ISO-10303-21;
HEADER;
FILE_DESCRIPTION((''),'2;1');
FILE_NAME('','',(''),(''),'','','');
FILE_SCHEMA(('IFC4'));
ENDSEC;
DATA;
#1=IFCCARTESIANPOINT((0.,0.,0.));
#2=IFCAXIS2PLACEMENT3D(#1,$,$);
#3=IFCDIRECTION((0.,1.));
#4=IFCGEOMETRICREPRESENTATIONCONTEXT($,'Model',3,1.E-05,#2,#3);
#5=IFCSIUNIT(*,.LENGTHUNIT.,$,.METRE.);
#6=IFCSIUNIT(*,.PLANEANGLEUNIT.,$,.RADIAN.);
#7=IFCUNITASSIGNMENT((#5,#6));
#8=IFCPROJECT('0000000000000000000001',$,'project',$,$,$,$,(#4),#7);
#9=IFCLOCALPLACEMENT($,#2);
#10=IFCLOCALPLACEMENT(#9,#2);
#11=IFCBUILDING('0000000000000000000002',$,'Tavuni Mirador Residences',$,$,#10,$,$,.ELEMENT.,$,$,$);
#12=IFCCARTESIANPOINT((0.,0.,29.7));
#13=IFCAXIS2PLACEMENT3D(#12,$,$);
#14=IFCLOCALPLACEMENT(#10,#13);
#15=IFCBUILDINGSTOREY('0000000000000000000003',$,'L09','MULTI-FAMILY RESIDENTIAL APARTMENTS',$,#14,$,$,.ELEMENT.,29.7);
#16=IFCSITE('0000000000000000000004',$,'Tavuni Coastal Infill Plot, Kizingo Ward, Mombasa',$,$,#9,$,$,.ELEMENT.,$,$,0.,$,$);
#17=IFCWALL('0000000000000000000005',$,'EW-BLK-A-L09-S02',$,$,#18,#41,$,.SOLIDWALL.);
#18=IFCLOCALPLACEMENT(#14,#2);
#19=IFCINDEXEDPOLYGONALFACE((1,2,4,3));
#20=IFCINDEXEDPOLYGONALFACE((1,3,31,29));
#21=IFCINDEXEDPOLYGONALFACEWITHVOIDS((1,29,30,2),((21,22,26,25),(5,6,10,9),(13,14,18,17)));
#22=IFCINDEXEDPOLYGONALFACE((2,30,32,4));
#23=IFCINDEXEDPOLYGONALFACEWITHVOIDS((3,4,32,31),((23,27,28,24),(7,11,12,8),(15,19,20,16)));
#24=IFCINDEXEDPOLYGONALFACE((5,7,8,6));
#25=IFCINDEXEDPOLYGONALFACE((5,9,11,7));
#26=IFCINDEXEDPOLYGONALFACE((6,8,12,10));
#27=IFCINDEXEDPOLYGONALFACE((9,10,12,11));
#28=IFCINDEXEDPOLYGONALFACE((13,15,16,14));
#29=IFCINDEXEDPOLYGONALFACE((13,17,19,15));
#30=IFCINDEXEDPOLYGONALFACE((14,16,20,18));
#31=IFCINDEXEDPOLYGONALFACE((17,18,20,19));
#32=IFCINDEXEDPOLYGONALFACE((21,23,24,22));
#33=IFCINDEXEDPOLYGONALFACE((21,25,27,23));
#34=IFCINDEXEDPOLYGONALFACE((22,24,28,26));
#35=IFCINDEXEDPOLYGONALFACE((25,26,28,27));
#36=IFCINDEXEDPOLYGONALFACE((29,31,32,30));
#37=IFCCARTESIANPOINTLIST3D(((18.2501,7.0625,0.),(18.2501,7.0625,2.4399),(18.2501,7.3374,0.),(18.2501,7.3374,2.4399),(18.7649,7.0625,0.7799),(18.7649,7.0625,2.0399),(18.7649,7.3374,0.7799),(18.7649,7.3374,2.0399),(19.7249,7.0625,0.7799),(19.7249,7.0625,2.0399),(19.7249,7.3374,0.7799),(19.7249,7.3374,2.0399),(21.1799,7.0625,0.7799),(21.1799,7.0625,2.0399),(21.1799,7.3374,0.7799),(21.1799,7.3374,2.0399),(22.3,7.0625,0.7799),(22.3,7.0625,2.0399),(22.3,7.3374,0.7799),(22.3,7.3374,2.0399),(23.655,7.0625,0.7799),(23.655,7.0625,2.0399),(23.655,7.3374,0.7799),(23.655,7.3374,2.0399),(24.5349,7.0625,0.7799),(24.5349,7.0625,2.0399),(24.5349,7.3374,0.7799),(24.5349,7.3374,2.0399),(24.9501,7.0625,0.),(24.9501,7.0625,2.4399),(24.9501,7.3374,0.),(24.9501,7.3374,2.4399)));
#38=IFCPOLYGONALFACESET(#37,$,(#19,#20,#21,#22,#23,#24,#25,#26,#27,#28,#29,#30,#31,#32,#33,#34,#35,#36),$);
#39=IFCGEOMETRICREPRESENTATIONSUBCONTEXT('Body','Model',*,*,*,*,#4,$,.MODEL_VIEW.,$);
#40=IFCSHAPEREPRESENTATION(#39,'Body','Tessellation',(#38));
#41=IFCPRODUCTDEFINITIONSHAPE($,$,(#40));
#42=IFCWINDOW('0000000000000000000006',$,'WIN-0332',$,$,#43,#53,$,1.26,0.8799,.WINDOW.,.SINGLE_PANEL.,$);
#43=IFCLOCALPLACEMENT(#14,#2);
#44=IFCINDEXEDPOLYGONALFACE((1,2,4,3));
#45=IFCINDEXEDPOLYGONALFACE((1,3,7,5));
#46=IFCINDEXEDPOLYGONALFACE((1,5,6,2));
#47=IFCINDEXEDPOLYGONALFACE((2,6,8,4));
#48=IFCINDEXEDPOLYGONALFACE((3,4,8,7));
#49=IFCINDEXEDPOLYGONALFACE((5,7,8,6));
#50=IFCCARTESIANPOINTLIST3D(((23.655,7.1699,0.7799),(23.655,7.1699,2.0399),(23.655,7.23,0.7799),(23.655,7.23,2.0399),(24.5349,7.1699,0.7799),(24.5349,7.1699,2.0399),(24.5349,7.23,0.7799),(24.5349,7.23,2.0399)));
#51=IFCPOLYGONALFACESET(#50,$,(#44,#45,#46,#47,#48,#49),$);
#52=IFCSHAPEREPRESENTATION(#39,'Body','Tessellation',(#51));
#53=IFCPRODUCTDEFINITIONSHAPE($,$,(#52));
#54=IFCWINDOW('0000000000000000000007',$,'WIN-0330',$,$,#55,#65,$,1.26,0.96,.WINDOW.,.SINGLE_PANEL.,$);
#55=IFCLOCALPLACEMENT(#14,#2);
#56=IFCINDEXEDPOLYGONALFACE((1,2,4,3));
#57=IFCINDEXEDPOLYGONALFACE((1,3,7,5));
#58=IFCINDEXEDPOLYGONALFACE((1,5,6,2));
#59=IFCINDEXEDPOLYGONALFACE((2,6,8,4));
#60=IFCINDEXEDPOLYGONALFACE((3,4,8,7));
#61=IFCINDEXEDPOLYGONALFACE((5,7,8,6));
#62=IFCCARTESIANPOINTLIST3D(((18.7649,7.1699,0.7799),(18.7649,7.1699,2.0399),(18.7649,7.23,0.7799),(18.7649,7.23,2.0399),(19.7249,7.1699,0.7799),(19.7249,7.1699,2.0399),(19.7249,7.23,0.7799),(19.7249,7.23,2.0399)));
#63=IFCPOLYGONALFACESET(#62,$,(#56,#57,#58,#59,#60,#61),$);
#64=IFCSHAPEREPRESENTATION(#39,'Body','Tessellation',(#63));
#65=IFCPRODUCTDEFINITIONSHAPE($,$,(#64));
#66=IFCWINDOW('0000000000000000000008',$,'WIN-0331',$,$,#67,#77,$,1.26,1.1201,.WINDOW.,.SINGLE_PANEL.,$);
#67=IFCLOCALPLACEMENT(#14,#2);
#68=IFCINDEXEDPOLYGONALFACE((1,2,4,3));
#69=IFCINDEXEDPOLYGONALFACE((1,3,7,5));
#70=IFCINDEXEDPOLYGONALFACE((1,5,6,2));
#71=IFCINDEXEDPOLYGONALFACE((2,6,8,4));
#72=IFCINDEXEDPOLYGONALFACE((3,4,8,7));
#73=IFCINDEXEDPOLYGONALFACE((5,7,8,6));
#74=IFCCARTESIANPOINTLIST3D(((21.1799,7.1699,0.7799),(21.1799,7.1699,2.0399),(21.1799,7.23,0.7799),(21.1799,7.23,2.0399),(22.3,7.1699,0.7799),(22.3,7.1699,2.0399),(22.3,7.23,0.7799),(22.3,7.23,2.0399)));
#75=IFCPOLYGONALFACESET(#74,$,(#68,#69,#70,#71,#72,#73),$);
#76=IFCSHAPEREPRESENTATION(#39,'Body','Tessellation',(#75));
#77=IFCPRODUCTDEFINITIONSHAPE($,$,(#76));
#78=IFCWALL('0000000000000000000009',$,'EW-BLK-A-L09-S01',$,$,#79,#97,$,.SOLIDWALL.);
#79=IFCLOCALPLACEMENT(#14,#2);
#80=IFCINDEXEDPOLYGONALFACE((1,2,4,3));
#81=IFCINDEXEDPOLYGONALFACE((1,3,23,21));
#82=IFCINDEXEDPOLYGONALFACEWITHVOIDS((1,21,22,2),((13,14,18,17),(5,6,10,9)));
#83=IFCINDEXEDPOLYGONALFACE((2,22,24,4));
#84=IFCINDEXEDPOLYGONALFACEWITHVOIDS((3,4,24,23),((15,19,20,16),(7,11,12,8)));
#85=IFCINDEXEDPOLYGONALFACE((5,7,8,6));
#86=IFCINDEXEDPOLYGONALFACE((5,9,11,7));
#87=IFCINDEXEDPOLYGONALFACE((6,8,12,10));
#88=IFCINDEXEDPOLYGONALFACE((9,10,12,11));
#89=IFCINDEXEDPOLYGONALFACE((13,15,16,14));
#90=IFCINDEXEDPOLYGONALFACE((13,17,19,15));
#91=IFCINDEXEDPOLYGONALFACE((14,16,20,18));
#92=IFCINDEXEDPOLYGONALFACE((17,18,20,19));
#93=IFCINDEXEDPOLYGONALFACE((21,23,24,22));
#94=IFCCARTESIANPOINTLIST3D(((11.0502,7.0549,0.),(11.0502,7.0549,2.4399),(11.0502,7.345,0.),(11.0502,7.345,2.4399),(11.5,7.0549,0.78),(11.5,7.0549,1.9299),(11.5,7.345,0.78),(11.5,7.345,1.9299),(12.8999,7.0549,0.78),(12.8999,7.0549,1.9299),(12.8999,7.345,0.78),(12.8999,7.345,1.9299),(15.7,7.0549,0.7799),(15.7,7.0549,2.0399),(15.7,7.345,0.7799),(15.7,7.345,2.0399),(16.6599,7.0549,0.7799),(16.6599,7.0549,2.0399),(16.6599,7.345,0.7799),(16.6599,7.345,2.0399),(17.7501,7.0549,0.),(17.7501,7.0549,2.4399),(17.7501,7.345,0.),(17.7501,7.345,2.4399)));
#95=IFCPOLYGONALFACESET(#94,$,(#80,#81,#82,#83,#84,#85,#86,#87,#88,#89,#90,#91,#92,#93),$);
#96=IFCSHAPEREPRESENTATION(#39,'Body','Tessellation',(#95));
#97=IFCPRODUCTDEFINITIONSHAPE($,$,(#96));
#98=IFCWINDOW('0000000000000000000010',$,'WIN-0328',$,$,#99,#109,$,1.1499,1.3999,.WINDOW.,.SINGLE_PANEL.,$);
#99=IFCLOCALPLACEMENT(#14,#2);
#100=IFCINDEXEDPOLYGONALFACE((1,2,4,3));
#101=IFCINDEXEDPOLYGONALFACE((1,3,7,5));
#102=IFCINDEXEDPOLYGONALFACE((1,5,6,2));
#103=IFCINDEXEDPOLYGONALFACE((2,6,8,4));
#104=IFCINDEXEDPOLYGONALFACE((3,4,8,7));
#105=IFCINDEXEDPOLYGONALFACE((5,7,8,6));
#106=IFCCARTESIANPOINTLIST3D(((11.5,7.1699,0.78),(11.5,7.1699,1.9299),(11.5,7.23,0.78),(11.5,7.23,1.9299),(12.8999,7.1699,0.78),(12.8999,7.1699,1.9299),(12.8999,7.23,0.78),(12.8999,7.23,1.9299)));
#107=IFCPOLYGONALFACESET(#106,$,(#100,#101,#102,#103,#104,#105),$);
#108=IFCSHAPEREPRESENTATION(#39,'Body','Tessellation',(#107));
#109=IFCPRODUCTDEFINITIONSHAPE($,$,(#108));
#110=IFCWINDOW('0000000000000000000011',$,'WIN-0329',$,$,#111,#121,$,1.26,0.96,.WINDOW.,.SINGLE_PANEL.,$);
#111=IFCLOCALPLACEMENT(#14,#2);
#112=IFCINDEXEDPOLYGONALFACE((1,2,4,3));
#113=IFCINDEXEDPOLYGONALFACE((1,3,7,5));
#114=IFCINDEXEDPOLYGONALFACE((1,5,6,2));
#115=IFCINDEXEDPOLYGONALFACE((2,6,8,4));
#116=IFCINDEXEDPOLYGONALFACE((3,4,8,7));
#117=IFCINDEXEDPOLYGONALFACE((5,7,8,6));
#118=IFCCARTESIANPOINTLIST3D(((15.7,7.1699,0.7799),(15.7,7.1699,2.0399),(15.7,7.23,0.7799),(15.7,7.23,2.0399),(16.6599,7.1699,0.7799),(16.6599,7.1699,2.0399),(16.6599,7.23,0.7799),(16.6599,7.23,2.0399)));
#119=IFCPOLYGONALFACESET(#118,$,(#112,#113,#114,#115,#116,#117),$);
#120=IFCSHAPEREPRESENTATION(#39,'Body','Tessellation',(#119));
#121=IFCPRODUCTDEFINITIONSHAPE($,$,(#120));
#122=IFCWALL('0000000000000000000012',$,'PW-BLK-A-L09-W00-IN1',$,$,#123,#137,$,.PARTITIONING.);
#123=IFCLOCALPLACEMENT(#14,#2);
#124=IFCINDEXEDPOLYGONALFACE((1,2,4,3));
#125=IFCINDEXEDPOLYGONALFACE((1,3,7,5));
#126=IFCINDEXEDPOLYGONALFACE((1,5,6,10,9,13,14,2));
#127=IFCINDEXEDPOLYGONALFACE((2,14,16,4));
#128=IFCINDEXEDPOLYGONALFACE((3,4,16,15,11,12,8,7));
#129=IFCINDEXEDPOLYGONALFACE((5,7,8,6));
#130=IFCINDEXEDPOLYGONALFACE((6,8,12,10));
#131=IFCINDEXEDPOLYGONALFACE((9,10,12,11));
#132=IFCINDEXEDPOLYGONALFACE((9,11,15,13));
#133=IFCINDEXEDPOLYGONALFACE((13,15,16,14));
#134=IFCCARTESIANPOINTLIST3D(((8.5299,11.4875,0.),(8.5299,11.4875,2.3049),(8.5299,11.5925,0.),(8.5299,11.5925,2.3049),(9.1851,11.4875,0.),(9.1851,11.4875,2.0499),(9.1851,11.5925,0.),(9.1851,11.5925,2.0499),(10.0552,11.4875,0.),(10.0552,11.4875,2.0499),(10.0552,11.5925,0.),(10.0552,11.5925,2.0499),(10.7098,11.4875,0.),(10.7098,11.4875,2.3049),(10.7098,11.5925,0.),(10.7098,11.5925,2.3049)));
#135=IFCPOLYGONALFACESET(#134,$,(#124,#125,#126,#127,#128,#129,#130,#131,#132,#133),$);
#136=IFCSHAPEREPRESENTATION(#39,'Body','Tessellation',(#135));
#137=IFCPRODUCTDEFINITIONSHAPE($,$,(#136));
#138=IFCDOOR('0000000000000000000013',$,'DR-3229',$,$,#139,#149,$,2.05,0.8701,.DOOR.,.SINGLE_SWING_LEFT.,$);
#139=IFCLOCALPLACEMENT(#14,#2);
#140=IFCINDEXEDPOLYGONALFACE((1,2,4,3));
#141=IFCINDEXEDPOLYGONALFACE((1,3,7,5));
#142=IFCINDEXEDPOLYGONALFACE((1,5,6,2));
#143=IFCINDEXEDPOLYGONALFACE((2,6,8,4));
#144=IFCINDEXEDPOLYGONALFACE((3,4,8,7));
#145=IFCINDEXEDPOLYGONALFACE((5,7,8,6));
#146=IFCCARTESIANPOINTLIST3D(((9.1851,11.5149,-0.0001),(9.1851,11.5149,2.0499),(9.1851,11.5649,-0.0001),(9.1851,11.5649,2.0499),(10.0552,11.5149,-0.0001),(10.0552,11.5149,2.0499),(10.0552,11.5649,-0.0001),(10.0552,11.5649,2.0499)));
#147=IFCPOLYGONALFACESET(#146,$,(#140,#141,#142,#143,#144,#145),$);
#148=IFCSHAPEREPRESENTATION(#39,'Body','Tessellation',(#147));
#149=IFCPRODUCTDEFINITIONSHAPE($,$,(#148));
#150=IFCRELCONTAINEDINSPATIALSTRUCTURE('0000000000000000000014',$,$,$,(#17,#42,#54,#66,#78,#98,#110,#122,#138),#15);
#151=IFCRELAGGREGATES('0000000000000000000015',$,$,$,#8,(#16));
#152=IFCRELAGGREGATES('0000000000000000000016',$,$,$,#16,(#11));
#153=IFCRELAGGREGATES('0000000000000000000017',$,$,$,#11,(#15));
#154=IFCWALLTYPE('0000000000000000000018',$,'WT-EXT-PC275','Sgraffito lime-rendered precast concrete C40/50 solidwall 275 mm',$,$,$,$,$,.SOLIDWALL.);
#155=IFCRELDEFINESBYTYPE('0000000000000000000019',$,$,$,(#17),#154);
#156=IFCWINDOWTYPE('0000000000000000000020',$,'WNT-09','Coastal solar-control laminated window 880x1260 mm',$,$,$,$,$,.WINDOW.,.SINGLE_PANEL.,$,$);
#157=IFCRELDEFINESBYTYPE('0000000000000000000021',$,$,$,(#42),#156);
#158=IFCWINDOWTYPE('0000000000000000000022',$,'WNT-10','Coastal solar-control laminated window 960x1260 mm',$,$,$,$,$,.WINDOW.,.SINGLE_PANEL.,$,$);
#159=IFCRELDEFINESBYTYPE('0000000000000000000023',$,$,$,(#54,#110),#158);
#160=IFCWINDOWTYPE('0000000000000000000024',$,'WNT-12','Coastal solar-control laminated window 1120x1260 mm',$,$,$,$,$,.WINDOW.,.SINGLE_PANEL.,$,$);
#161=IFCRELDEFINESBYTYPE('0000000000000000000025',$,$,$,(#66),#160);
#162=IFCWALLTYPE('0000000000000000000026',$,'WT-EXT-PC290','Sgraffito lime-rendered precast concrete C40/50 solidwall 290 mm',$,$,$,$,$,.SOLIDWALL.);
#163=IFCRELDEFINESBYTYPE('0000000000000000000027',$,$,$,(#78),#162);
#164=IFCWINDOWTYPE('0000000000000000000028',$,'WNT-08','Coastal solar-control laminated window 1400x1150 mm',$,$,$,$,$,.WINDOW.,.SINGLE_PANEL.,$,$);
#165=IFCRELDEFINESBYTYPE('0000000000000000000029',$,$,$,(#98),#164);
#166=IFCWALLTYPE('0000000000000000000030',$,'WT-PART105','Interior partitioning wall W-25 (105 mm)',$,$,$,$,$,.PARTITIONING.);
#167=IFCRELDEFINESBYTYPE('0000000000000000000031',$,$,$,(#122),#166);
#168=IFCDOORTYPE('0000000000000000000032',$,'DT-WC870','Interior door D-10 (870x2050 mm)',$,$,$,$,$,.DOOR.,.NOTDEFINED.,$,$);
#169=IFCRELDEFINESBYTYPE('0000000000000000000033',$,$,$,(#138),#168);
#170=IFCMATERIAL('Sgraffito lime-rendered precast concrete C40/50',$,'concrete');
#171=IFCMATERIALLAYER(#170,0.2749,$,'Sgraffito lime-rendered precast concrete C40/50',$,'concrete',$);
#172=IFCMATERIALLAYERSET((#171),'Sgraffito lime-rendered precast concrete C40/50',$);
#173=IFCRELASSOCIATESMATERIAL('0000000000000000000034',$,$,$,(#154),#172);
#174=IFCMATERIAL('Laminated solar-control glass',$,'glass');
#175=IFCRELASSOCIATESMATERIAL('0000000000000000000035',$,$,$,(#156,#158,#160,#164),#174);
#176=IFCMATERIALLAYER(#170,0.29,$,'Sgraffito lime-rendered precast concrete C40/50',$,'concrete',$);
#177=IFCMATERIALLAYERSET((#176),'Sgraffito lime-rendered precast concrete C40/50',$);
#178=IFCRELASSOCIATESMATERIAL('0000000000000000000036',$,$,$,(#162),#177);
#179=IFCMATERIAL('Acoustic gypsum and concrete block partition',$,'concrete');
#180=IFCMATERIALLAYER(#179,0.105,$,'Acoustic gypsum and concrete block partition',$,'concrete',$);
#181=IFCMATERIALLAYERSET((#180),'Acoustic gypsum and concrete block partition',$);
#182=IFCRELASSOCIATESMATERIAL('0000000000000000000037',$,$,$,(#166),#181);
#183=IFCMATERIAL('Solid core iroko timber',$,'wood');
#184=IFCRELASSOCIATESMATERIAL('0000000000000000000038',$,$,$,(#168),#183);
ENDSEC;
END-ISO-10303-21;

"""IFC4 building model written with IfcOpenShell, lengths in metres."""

from ifc_helpers import new_model, si_unit, direction, frame, frame_2d, origin, place, context, subcontext, project, spatial, rectangle, extrude, material, layer, layer_set, type_object, element, fill, save


model = new_model("IFC4")

# Units and contexts
model_context = context("Model", 3, precision=1e-05, world=origin(), true_north=direction((0.0, 1.0)))
body_context = subcontext(model_context, "Body", "Model", "MODEL_VIEW")
ifc_project = project(units=[si_unit("LENGTHUNIT", "METRE"), si_unit("PLANEANGLEUNIT", "RADIAN")], contexts=[model_context])

# Site, building, storey
site_placement = place(None, origin())
site = spatial("IfcSite", under=ifc_project, at=site_placement, Name="Tavuni Coastal Infill Plot, Kizingo Ward, Mombasa", CompositionType="ELEMENT", RefElevation=0.0)
building_placement = place(site_placement, origin())
building = spatial("IfcBuilding", under=site, at=building_placement, Name="Tavuni Mirador Residences", CompositionType="ELEMENT")
storey_placement = place(building_placement, frame((0.0, 0.0, 29.7)))
storey = spatial("IfcBuildingStorey", under=building, at=storey_placement, Name="L09", Description="MULTI-FAMILY RESIDENTIAL APARTMENTS", CompositionType="ELEMENT", Elevation=29.7)

# Shared definitions
ifc_material_1 = material(Name="Solid core iroko timber", Category="wood")

# Walls, openings, windows
ifc_material_2 = material(Name="Sgraffito lime-rendered precast concrete C40/50", Category="concrete")
ifc_layer_1 = layer(ifc_material_2, 0.2749, Name="Sgraffito lime-rendered precast concrete C40/50", Category="concrete")
ifc_layer_set_1 = layer_set([ifc_layer_1], Name="Sgraffito lime-rendered precast concrete C40/50")
wall_type_1 = type_object("IfcWallType", Name="WT-EXT-PC275", Description="Sgraffito lime-rendered precast concrete C40/50 solidwall 275 mm", PredefinedType="SOLIDWALL", material=ifc_layer_set_1)
wall_1_placement = place(storey_placement, frame((18.25, 7.2, 0.0), z_axis=(0.0, 0.0, 1.0), x_axis=(1.0, 0.0, 0.0)))
wall_1 = element("IfcWall", 1, at=wall_1_placement, inside=storey, type_object=wall_type_1, Name="EW-BLK-A-L09-S02", PredefinedType="SOLIDWALL", context=body_context, shape_type="SweptSolid", body=[
    extrude(rectangle(XDim=6.7, YDim=0.2749, at=frame_2d((3.3501, 0.0))), origin(), (0.0, 0.0, 1.0), 2.4399),
])
opening_1_placement = place(wall_1_placement, frame((0.5149, 0.0, 0.78)))
opening_1 = element("IfcOpeningElement", 2, at=opening_1_placement, cuts=wall_1, PredefinedType="OPENING", context=body_context, shape_type="SweptSolid", body=[
    extrude(rectangle(XDim=0.96, YDim=1.26, at=frame_2d((0.48, 0.6299))), frame((0.0, 0.1475, 0.0), z_axis=(0.0, -1.0, 0.0), x_axis=(1.0, 0.0, 0.0)), (0.0, 0.0, 1.0), 0.2949),
])
opening_2_placement = place(wall_1_placement, frame((2.9299, 0.0, 0.78)))
opening_2 = element("IfcOpeningElement", 3, at=opening_2_placement, cuts=wall_1, PredefinedType="OPENING", context=body_context, shape_type="SweptSolid", body=[
    extrude(rectangle(XDim=1.1201, YDim=1.26, at=frame_2d((0.5601, 0.6299))), frame((0.0, 0.1475, 0.0), z_axis=(0.0, -1.0, 0.0), x_axis=(1.0, 0.0, 0.0)), (0.0, 0.0, 1.0), 0.2949),
])
opening_3_placement = place(wall_1_placement, frame((5.405, 0.0, 0.78)))
opening_3 = element("IfcOpeningElement", 4, at=opening_3_placement, cuts=wall_1, PredefinedType="OPENING", context=body_context, shape_type="SweptSolid", body=[
    extrude(rectangle(XDim=0.8799, YDim=1.26, at=frame_2d((0.4399, 0.6299))), frame((0.0, 0.1475, 0.0), z_axis=(0.0, -1.0, 0.0), x_axis=(1.0, 0.0, 0.0)), (0.0, 0.0, 1.0), 0.2949),
])
ifc_material_3 = material(Name="Laminated solar-control glass", Category="glass")
window_type_1 = type_object("IfcWindowType", Name="WNT-09", Description="Coastal solar-control laminated window 880x1260 mm", PartitioningType="SINGLE_PANEL", PredefinedType="WINDOW", material=ifc_material_3)
window_1_placement = place(opening_3_placement, origin())
window_1 = element("IfcWindow", 5, at=window_1_placement, inside=storey, type_object=window_type_1, Name="WIN-0332", OverallHeight=1.26, OverallWidth=0.8799, PartitioningType="SINGLE_PANEL", PredefinedType="WINDOW", context=body_context, shape_type="SweptSolid", body=[
    extrude(rectangle(XDim=0.8799, YDim=1.26, at=frame_2d((0.4399, 0.6299))), frame((0.0, 0.03, 0.0), z_axis=(0.0, -1.0, 0.0), x_axis=(1.0, 0.0, 0.0)), (0.0, 0.0, 1.0), 0.0601),
])
fill(opening_3, window_1)
window_type_2 = type_object("IfcWindowType", Name="WNT-10", Description="Coastal solar-control laminated window 960x1260 mm", PartitioningType="SINGLE_PANEL", PredefinedType="WINDOW", material=ifc_material_3)
window_2_placement = place(opening_1_placement, origin())
window_2 = element("IfcWindow", 6, at=window_2_placement, inside=storey, type_object=window_type_2, Name="WIN-0330", OverallHeight=1.26, OverallWidth=0.96, PartitioningType="SINGLE_PANEL", PredefinedType="WINDOW", context=body_context, shape_type="SweptSolid", body=[
    extrude(rectangle(XDim=0.96, YDim=1.26, at=frame_2d((0.48, 0.6299))), frame((0.0, 0.03, 0.0), z_axis=(0.0, -1.0, 0.0), x_axis=(1.0, 0.0, 0.0)), (0.0, 0.0, 1.0), 0.0601),
])
fill(opening_1, window_2)
window_type_3 = type_object("IfcWindowType", Name="WNT-12", Description="Coastal solar-control laminated window 1120x1260 mm", PartitioningType="SINGLE_PANEL", PredefinedType="WINDOW", material=ifc_material_3)
window_3_placement = place(opening_2_placement, origin())
window_3 = element("IfcWindow", 7, at=window_3_placement, inside=storey, type_object=window_type_3, Name="WIN-0331", OverallHeight=1.26, OverallWidth=1.1201, PartitioningType="SINGLE_PANEL", PredefinedType="WINDOW", context=body_context, shape_type="SweptSolid", body=[
    extrude(rectangle(XDim=1.1201, YDim=1.26, at=frame_2d((0.5601, 0.6299))), frame((0.0, 0.03, 0.0), z_axis=(0.0, -1.0, 0.0), x_axis=(1.0, 0.0, 0.0)), (0.0, 0.0, 1.0), 0.0601),
])
fill(opening_2, window_3)
ifc_layer_2 = layer(ifc_material_2, 0.29, Name="Sgraffito lime-rendered precast concrete C40/50", Category="concrete")
ifc_layer_set_2 = layer_set([ifc_layer_2], Name="Sgraffito lime-rendered precast concrete C40/50")
wall_type_2 = type_object("IfcWallType", Name="WT-EXT-PC290", Description="Sgraffito lime-rendered precast concrete C40/50 solidwall 290 mm", PredefinedType="SOLIDWALL", material=ifc_layer_set_2)
wall_2_placement = place(storey_placement, frame((11.05, 7.2, 0.0), z_axis=(0.0, 0.0, 1.0), x_axis=(1.0, 0.0, 0.0)))
wall_2 = element("IfcWall", 8, at=wall_2_placement, inside=storey, type_object=wall_type_2, Name="EW-BLK-A-L09-S01", PredefinedType="SOLIDWALL", context=body_context, shape_type="SweptSolid", body=[
    extrude(rectangle(XDim=6.7, YDim=0.29, at=frame_2d((3.3501, 0.0))), origin(), (0.0, 0.0, 1.0), 2.4399),
])
opening_4_placement = place(wall_2_placement, frame((0.45, 0.0, 0.78)))
opening_4 = element("IfcOpeningElement", 9, at=opening_4_placement, cuts=wall_2, PredefinedType="OPENING", context=body_context, shape_type="SweptSolid", body=[
    extrude(rectangle(XDim=1.3999, YDim=1.1499, at=frame_2d((0.7, 0.575))), frame((0.0, 0.155, 0.0), z_axis=(0.0, -1.0, 0.0), x_axis=(1.0, 0.0, 0.0)), (0.0, 0.0, 1.0), 0.3101),
])
opening_5_placement = place(wall_2_placement, frame((4.6499, 0.0, 0.78)))
opening_5 = element("IfcOpeningElement", 10, at=opening_5_placement, cuts=wall_2, PredefinedType="OPENING", context=body_context, shape_type="SweptSolid", body=[
    extrude(rectangle(XDim=0.96, YDim=1.26, at=frame_2d((0.48, 0.6299))), frame((0.0, 0.155, 0.0), z_axis=(0.0, -1.0, 0.0), x_axis=(1.0, 0.0, 0.0)), (0.0, 0.0, 1.0), 0.3101),
])
window_type_4 = type_object("IfcWindowType", Name="WNT-08", Description="Coastal solar-control laminated window 1400x1150 mm", PartitioningType="SINGLE_PANEL", PredefinedType="WINDOW", material=ifc_material_3)
window_4_placement = place(opening_4_placement, origin())
window_4 = element("IfcWindow", 11, at=window_4_placement, inside=storey, type_object=window_type_4, Name="WIN-0328", OverallHeight=1.1499, OverallWidth=1.3999, PartitioningType="SINGLE_PANEL", PredefinedType="WINDOW", context=body_context, shape_type="SweptSolid", body=[
    extrude(rectangle(XDim=1.3999, YDim=1.1499, at=frame_2d((0.7, 0.575))), frame((0.0, 0.03, 0.0), z_axis=(0.0, -1.0, 0.0), x_axis=(1.0, 0.0, 0.0)), (0.0, 0.0, 1.0), 0.0601),
])
fill(opening_4, window_4)
window_5_placement = place(opening_5_placement, origin())
window_5 = element("IfcWindow", 12, at=window_5_placement, inside=storey, type_object=window_type_2, Name="WIN-0329", OverallHeight=1.26, OverallWidth=0.96, PartitioningType="SINGLE_PANEL", PredefinedType="WINDOW", context=body_context, shape_type="SweptSolid", body=[
    extrude(rectangle(XDim=0.96, YDim=1.26, at=frame_2d((0.48, 0.6299))), frame((0.0, 0.03, 0.0), z_axis=(0.0, -1.0, 0.0), x_axis=(1.0, 0.0, 0.0)), (0.0, 0.0, 1.0), 0.0601),
])
fill(opening_5, window_5)

# Wall, opening, door
ifc_material_4 = material(Name="Acoustic gypsum and concrete block partition", Category="concrete")
ifc_layer_3 = layer(ifc_material_4, 0.105, Name="Acoustic gypsum and concrete block partition", Category="concrete")
ifc_layer_set_3 = layer_set([ifc_layer_3], Name="Acoustic gypsum and concrete block partition")
wall_type_3 = type_object("IfcWallType", Name="WT-PART105", Description="Interior partitioning wall W-25 (105 mm)", PredefinedType="PARTITIONING", material=ifc_layer_set_3)
wall_3_placement = place(storey_placement, frame((8.53, 11.54, 0.0), z_axis=(0.0, 0.0, 1.0), x_axis=(1.0, 0.0, 0.0)))
wall_3 = element("IfcWall", 13, at=wall_3_placement, inside=storey, type_object=wall_type_3, Name="PW-BLK-A-L09-W00-IN1", PredefinedType="PARTITIONING", context=body_context, shape_type="SweptSolid", body=[
    extrude(rectangle(XDim=2.1799, YDim=0.105, at=frame_2d((1.0898, 0.0))), origin(), (0.0, 0.0, 1.0), 2.3049),
])
opening_6_placement = place(wall_3_placement, frame((0.655, 0.0, 0.0)))
opening_6 = element("IfcOpeningElement", 14, at=opening_6_placement, cuts=wall_3, PredefinedType="OPENING", context=body_context, shape_type="SweptSolid", body=[
    extrude(rectangle(XDim=0.8701, YDim=2.05, at=frame_2d((0.4351, 1.0249))), frame((0.0, 0.0625, 0.0), z_axis=(0.0, -1.0, 0.0), x_axis=(1.0, 0.0, 0.0)), (0.0, 0.0, 1.0), 0.125),
])
door_type_1 = type_object("IfcDoorType", Name="DT-WC870", Description="Interior door D-10 (870x2050 mm)", OperationType="NOTDEFINED", PredefinedType="DOOR", material=ifc_material_1)
door_1_placement = place(opening_6_placement, origin())
door_1 = element("IfcDoor", 15, at=door_1_placement, inside=storey, type_object=door_type_1, Name="DR-3229", OperationType="SINGLE_SWING_LEFT", OverallHeight=2.05, OverallWidth=0.8701, PredefinedType="DOOR", context=body_context, shape_type="SweptSolid", body=[
    extrude(rectangle(XDim=0.8701, YDim=2.05, at=frame_2d((0.4351, 1.0249))), frame((0.0, 0.0249, 0.0), z_axis=(0.0, -1.0, 0.0), x_axis=(1.0, 0.0, 0.0)), (0.0, 0.0, 1.0), 0.05),
])
fill(opening_6, door_1)

save(model, "model.ifc")
